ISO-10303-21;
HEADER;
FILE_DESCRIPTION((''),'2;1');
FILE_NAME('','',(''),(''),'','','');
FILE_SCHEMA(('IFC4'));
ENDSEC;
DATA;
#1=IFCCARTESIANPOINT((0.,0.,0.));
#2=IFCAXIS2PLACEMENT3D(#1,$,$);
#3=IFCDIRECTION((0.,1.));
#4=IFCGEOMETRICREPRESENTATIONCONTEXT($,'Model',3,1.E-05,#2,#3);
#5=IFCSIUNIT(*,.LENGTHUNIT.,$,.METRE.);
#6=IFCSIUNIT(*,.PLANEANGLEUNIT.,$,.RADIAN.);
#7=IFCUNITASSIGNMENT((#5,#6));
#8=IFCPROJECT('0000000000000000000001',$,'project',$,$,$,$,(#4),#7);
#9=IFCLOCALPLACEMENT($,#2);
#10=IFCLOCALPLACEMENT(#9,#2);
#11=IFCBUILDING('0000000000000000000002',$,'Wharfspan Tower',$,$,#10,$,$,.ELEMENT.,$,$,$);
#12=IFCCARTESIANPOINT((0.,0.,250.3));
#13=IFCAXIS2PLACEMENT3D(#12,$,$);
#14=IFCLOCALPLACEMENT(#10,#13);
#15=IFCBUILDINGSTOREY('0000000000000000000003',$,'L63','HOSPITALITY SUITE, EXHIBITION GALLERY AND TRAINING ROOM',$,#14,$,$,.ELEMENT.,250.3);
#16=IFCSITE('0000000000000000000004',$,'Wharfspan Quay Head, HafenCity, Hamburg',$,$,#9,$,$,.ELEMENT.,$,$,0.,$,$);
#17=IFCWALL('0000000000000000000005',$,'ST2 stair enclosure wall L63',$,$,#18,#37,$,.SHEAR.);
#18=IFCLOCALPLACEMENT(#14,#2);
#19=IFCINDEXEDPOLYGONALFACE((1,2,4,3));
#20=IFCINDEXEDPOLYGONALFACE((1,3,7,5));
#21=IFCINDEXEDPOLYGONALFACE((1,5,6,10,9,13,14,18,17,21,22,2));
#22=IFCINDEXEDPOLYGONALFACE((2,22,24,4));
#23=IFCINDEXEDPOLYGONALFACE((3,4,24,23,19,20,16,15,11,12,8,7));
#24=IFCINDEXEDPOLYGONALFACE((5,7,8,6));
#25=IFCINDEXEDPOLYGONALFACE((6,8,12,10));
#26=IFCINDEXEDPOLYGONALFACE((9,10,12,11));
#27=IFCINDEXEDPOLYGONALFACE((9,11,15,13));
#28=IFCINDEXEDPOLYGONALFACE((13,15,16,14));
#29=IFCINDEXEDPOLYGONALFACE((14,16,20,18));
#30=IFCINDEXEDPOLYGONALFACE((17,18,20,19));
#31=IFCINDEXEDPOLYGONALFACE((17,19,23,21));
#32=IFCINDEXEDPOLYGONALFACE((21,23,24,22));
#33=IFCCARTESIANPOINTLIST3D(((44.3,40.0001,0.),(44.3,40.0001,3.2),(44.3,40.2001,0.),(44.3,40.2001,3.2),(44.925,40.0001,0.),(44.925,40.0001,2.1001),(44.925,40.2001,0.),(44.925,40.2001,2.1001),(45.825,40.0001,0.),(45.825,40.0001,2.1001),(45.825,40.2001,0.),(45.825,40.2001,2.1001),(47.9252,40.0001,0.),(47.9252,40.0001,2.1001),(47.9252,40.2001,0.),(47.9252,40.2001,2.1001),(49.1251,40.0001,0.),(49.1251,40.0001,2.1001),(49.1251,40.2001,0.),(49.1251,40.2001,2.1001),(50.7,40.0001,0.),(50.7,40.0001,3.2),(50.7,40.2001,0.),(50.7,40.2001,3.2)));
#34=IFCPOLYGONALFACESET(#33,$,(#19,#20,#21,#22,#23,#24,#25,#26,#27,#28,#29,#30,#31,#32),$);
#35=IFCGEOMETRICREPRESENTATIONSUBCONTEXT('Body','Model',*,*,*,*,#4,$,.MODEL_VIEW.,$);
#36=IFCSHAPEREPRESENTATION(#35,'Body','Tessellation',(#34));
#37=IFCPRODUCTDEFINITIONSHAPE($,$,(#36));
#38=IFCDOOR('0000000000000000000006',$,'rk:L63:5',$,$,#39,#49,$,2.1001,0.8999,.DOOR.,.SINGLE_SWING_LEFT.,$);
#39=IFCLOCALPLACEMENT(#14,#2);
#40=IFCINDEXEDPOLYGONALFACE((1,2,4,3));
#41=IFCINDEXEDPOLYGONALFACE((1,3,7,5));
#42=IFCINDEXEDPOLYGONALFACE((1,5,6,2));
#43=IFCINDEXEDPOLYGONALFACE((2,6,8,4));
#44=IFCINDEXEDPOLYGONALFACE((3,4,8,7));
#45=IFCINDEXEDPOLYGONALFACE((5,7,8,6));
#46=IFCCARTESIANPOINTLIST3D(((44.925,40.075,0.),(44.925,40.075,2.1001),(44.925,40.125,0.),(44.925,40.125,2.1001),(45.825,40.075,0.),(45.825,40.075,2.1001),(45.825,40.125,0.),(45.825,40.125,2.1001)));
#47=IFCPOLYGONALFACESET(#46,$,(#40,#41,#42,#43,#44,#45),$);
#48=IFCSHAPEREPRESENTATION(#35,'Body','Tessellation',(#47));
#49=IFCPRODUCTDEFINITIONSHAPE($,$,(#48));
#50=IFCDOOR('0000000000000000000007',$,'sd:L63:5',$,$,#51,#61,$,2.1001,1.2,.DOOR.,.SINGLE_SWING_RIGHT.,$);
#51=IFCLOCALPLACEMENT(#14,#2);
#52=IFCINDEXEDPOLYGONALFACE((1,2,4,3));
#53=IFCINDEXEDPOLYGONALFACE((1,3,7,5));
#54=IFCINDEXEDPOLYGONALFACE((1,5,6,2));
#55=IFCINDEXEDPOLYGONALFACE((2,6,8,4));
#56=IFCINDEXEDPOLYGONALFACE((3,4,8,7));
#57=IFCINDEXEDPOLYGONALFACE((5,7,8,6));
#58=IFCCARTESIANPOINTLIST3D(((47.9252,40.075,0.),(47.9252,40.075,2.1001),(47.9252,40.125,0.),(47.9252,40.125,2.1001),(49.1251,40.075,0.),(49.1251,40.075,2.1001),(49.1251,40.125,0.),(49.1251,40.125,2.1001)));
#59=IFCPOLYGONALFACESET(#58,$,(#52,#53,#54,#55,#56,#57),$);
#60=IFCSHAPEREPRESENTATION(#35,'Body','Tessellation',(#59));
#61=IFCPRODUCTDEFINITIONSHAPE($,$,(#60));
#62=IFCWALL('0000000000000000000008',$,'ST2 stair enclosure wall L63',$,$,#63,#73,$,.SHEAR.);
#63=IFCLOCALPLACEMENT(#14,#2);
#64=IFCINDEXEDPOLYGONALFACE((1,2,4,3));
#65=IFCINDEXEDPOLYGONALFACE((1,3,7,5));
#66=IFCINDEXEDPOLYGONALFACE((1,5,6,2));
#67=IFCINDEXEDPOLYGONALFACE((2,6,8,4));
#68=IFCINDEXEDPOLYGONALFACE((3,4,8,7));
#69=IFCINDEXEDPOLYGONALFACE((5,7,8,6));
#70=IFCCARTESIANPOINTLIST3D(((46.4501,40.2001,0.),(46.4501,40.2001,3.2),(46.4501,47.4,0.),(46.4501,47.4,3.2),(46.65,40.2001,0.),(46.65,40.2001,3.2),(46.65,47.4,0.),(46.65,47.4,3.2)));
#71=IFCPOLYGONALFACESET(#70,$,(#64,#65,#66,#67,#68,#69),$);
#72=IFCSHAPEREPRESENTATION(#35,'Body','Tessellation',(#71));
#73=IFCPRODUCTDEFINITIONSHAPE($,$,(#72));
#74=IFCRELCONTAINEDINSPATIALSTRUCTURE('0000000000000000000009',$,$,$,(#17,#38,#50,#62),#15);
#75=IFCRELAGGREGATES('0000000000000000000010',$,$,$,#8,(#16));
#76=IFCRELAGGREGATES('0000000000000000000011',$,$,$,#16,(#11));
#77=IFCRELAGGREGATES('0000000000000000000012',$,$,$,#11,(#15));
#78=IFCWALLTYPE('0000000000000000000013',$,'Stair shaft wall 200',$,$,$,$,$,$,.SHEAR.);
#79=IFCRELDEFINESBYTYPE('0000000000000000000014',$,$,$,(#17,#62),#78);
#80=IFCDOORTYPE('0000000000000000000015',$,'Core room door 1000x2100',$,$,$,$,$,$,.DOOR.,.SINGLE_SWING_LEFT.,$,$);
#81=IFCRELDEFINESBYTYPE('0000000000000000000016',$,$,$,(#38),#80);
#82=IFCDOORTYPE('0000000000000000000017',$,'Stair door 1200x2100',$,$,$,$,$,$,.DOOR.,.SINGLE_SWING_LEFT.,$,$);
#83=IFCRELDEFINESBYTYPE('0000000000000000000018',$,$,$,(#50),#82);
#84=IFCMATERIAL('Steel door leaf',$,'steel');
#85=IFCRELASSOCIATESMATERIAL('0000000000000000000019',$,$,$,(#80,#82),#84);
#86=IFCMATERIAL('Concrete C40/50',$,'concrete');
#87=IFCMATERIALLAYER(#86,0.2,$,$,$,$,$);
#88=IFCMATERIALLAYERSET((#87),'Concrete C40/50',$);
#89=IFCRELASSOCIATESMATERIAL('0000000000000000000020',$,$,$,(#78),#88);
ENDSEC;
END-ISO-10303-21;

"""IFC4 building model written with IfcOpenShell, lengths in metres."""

from ifc_helpers import new_model, si_unit, direction, frame, frame_2d, origin, place, context, subcontext, project, spatial, rectangle, extrude, material, layer, layer_set, type_object, element, fill, save


model = new_model("IFC4")

# Units and contexts
model_context = context("Model", 3, precision=1e-05, world=origin(), true_north=direction((0.0, 1.0)))
body_context = subcontext(model_context, "Body", "Model", "MODEL_VIEW")
ifc_project = project(units=[si_unit("LENGTHUNIT", "METRE"), si_unit("PLANEANGLEUNIT", "RADIAN")], contexts=[model_context])

# Site, building, storey
site_placement = place(None, origin())
site = spatial("IfcSite", under=ifc_project, at=site_placement, Name="Wharfspan Quay Head, HafenCity, Hamburg", CompositionType="ELEMENT", RefElevation=0.0)
building_placement = place(site_placement, origin())
building = spatial("IfcBuilding", under=site, at=building_placement, Name="Wharfspan Tower", CompositionType="ELEMENT")
storey_placement = place(building_placement, frame((0.0, 0.0, 250.3)))
storey = spatial("IfcBuildingStorey", under=building, at=storey_placement, Name="L63", Description="HOSPITALITY SUITE, EXHIBITION GALLERY AND TRAINING ROOM", CompositionType="ELEMENT", Elevation=250.3)

# Shared definitions
ifc_material_1 = material(Name="Steel door leaf", Category="steel")
door_type_1 = type_object("IfcDoorType", Name="Core room door 1000x2100", OperationType="SINGLE_SWING_LEFT", PredefinedType="DOOR", material=ifc_material_1)

# Wall, openings, doors
ifc_material_2 = material(Name="Concrete C40/50", Category="concrete")
ifc_layer_1 = layer(ifc_material_2, 0.2)
ifc_layer_set_1 = layer_set([ifc_layer_1], Name="Concrete C40/50")
wall_type_1 = type_object("IfcWallType", Name="Stair shaft wall 200", PredefinedType="SHEAR", material=ifc_layer_set_1)
wall_1_placement = place(storey_placement, frame((44.3, 40.1001, 0.0), z_axis=(0.0, 0.0, 1.0), x_axis=(1.0, 0.0, 0.0)))
wall_1 = element("IfcWall", 1, at=wall_1_placement, inside=storey, type_object=wall_type_1, Name="ST2 stair enclosure wall L63", PredefinedType="SHEAR", context=body_context, shape_type="SweptSolid", body=[
    extrude(rectangle(XDim=6.3999, YDim=0.2, at=frame_2d((3.2, 0.0))), origin(), (0.0, 0.0, 1.0), 3.2),
])
opening_1_placement = place(wall_1_placement, frame((3.625, 0.0, 0.0)))
opening_1 = element("IfcOpeningElement", 2, at=opening_1_placement, cuts=wall_1, PredefinedType="OPENING", context=body_context, shape_type="SweptSolid", body=[
    extrude(rectangle(XDim=1.2, YDim=2.1001, at=frame_2d((0.6001, 1.05))), frame((0.0, 0.1099, 0.0), z_axis=(0.0, -1.0, 0.0), x_axis=(1.0, 0.0, 0.0)), (0.0, 0.0, 1.0), 0.22),
])
opening_2_placement = place(wall_1_placement, frame((0.625, 0.0, 0.0)))
opening_2 = element("IfcOpeningElement", 3, at=opening_2_placement, cuts=wall_1, PredefinedType="OPENING", context=body_context, shape_type="SweptSolid", body=[
    extrude(rectangle(XDim=0.8999, YDim=2.1001, at=frame_2d((0.45, 1.05))), frame((0.0, 0.1099, 0.0), z_axis=(0.0, -1.0, 0.0), x_axis=(1.0, 0.0, 0.0)), (0.0, 0.0, 1.0), 0.22),
])
door_1_placement = place(opening_2_placement, origin())
door_1 = element("IfcDoor", 4, at=door_1_placement, inside=storey, type_object=door_type_1, Name="rk:L63:5", OperationType="SINGLE_SWING_LEFT", OverallHeight=2.1001, OverallWidth=0.8999, PredefinedType="DOOR", context=body_context, shape_type="SweptSolid", body=[
    extrude(rectangle(XDim=0.8999, YDim=2.1001, at=frame_2d((0.45, 1.05))), frame((0.0, 0.0249, 0.0), z_axis=(0.0, -1.0, 0.0), x_axis=(1.0, 0.0, 0.0)), (0.0, 0.0, 1.0), 0.05),
])
fill(opening_2, door_1)
door_type_2 = type_object("IfcDoorType", Name="Stair door 1200x2100", OperationType="SINGLE_SWING_LEFT", PredefinedType="DOOR", material=ifc_material_1)
door_2_placement = place(opening_1_placement, origin())
door_2 = element("IfcDoor", 5, at=door_2_placement, inside=storey, type_object=door_type_2, Name="sd:L63:5", OperationType="SINGLE_SWING_RIGHT", OverallHeight=2.1001, OverallWidth=1.2, PredefinedType="DOOR", context=body_context, shape_type="SweptSolid", body=[
    extrude(rectangle(XDim=1.2, YDim=2.1001, at=frame_2d((0.6001, 1.05))), frame((0.0, 0.0249, 0.0), z_axis=(0.0, -1.0, 0.0), x_axis=(1.0, 0.0, 0.0)), (0.0, 0.0, 1.0), 0.05),
])
fill(opening_1, door_2)

# Wall
wall_2_placement = place(storey_placement, frame((46.55, 40.2, 0.0), z_axis=(0.0, 0.0, 1.0), x_axis=(0.0, 1.0, 0.0)))
element("IfcWall", 6, at=wall_2_placement, inside=storey, type_object=wall_type_1, Name="ST2 stair enclosure wall L63", PredefinedType="SHEAR", context=body_context, shape_type="SweptSolid", body=[
    extrude(rectangle(XDim=7.2, YDim=0.2, at=frame_2d((3.6001, 0.0))), origin(), (0.0, 0.0, 1.0), 3.2),
])

save(model, "model.ifc")
